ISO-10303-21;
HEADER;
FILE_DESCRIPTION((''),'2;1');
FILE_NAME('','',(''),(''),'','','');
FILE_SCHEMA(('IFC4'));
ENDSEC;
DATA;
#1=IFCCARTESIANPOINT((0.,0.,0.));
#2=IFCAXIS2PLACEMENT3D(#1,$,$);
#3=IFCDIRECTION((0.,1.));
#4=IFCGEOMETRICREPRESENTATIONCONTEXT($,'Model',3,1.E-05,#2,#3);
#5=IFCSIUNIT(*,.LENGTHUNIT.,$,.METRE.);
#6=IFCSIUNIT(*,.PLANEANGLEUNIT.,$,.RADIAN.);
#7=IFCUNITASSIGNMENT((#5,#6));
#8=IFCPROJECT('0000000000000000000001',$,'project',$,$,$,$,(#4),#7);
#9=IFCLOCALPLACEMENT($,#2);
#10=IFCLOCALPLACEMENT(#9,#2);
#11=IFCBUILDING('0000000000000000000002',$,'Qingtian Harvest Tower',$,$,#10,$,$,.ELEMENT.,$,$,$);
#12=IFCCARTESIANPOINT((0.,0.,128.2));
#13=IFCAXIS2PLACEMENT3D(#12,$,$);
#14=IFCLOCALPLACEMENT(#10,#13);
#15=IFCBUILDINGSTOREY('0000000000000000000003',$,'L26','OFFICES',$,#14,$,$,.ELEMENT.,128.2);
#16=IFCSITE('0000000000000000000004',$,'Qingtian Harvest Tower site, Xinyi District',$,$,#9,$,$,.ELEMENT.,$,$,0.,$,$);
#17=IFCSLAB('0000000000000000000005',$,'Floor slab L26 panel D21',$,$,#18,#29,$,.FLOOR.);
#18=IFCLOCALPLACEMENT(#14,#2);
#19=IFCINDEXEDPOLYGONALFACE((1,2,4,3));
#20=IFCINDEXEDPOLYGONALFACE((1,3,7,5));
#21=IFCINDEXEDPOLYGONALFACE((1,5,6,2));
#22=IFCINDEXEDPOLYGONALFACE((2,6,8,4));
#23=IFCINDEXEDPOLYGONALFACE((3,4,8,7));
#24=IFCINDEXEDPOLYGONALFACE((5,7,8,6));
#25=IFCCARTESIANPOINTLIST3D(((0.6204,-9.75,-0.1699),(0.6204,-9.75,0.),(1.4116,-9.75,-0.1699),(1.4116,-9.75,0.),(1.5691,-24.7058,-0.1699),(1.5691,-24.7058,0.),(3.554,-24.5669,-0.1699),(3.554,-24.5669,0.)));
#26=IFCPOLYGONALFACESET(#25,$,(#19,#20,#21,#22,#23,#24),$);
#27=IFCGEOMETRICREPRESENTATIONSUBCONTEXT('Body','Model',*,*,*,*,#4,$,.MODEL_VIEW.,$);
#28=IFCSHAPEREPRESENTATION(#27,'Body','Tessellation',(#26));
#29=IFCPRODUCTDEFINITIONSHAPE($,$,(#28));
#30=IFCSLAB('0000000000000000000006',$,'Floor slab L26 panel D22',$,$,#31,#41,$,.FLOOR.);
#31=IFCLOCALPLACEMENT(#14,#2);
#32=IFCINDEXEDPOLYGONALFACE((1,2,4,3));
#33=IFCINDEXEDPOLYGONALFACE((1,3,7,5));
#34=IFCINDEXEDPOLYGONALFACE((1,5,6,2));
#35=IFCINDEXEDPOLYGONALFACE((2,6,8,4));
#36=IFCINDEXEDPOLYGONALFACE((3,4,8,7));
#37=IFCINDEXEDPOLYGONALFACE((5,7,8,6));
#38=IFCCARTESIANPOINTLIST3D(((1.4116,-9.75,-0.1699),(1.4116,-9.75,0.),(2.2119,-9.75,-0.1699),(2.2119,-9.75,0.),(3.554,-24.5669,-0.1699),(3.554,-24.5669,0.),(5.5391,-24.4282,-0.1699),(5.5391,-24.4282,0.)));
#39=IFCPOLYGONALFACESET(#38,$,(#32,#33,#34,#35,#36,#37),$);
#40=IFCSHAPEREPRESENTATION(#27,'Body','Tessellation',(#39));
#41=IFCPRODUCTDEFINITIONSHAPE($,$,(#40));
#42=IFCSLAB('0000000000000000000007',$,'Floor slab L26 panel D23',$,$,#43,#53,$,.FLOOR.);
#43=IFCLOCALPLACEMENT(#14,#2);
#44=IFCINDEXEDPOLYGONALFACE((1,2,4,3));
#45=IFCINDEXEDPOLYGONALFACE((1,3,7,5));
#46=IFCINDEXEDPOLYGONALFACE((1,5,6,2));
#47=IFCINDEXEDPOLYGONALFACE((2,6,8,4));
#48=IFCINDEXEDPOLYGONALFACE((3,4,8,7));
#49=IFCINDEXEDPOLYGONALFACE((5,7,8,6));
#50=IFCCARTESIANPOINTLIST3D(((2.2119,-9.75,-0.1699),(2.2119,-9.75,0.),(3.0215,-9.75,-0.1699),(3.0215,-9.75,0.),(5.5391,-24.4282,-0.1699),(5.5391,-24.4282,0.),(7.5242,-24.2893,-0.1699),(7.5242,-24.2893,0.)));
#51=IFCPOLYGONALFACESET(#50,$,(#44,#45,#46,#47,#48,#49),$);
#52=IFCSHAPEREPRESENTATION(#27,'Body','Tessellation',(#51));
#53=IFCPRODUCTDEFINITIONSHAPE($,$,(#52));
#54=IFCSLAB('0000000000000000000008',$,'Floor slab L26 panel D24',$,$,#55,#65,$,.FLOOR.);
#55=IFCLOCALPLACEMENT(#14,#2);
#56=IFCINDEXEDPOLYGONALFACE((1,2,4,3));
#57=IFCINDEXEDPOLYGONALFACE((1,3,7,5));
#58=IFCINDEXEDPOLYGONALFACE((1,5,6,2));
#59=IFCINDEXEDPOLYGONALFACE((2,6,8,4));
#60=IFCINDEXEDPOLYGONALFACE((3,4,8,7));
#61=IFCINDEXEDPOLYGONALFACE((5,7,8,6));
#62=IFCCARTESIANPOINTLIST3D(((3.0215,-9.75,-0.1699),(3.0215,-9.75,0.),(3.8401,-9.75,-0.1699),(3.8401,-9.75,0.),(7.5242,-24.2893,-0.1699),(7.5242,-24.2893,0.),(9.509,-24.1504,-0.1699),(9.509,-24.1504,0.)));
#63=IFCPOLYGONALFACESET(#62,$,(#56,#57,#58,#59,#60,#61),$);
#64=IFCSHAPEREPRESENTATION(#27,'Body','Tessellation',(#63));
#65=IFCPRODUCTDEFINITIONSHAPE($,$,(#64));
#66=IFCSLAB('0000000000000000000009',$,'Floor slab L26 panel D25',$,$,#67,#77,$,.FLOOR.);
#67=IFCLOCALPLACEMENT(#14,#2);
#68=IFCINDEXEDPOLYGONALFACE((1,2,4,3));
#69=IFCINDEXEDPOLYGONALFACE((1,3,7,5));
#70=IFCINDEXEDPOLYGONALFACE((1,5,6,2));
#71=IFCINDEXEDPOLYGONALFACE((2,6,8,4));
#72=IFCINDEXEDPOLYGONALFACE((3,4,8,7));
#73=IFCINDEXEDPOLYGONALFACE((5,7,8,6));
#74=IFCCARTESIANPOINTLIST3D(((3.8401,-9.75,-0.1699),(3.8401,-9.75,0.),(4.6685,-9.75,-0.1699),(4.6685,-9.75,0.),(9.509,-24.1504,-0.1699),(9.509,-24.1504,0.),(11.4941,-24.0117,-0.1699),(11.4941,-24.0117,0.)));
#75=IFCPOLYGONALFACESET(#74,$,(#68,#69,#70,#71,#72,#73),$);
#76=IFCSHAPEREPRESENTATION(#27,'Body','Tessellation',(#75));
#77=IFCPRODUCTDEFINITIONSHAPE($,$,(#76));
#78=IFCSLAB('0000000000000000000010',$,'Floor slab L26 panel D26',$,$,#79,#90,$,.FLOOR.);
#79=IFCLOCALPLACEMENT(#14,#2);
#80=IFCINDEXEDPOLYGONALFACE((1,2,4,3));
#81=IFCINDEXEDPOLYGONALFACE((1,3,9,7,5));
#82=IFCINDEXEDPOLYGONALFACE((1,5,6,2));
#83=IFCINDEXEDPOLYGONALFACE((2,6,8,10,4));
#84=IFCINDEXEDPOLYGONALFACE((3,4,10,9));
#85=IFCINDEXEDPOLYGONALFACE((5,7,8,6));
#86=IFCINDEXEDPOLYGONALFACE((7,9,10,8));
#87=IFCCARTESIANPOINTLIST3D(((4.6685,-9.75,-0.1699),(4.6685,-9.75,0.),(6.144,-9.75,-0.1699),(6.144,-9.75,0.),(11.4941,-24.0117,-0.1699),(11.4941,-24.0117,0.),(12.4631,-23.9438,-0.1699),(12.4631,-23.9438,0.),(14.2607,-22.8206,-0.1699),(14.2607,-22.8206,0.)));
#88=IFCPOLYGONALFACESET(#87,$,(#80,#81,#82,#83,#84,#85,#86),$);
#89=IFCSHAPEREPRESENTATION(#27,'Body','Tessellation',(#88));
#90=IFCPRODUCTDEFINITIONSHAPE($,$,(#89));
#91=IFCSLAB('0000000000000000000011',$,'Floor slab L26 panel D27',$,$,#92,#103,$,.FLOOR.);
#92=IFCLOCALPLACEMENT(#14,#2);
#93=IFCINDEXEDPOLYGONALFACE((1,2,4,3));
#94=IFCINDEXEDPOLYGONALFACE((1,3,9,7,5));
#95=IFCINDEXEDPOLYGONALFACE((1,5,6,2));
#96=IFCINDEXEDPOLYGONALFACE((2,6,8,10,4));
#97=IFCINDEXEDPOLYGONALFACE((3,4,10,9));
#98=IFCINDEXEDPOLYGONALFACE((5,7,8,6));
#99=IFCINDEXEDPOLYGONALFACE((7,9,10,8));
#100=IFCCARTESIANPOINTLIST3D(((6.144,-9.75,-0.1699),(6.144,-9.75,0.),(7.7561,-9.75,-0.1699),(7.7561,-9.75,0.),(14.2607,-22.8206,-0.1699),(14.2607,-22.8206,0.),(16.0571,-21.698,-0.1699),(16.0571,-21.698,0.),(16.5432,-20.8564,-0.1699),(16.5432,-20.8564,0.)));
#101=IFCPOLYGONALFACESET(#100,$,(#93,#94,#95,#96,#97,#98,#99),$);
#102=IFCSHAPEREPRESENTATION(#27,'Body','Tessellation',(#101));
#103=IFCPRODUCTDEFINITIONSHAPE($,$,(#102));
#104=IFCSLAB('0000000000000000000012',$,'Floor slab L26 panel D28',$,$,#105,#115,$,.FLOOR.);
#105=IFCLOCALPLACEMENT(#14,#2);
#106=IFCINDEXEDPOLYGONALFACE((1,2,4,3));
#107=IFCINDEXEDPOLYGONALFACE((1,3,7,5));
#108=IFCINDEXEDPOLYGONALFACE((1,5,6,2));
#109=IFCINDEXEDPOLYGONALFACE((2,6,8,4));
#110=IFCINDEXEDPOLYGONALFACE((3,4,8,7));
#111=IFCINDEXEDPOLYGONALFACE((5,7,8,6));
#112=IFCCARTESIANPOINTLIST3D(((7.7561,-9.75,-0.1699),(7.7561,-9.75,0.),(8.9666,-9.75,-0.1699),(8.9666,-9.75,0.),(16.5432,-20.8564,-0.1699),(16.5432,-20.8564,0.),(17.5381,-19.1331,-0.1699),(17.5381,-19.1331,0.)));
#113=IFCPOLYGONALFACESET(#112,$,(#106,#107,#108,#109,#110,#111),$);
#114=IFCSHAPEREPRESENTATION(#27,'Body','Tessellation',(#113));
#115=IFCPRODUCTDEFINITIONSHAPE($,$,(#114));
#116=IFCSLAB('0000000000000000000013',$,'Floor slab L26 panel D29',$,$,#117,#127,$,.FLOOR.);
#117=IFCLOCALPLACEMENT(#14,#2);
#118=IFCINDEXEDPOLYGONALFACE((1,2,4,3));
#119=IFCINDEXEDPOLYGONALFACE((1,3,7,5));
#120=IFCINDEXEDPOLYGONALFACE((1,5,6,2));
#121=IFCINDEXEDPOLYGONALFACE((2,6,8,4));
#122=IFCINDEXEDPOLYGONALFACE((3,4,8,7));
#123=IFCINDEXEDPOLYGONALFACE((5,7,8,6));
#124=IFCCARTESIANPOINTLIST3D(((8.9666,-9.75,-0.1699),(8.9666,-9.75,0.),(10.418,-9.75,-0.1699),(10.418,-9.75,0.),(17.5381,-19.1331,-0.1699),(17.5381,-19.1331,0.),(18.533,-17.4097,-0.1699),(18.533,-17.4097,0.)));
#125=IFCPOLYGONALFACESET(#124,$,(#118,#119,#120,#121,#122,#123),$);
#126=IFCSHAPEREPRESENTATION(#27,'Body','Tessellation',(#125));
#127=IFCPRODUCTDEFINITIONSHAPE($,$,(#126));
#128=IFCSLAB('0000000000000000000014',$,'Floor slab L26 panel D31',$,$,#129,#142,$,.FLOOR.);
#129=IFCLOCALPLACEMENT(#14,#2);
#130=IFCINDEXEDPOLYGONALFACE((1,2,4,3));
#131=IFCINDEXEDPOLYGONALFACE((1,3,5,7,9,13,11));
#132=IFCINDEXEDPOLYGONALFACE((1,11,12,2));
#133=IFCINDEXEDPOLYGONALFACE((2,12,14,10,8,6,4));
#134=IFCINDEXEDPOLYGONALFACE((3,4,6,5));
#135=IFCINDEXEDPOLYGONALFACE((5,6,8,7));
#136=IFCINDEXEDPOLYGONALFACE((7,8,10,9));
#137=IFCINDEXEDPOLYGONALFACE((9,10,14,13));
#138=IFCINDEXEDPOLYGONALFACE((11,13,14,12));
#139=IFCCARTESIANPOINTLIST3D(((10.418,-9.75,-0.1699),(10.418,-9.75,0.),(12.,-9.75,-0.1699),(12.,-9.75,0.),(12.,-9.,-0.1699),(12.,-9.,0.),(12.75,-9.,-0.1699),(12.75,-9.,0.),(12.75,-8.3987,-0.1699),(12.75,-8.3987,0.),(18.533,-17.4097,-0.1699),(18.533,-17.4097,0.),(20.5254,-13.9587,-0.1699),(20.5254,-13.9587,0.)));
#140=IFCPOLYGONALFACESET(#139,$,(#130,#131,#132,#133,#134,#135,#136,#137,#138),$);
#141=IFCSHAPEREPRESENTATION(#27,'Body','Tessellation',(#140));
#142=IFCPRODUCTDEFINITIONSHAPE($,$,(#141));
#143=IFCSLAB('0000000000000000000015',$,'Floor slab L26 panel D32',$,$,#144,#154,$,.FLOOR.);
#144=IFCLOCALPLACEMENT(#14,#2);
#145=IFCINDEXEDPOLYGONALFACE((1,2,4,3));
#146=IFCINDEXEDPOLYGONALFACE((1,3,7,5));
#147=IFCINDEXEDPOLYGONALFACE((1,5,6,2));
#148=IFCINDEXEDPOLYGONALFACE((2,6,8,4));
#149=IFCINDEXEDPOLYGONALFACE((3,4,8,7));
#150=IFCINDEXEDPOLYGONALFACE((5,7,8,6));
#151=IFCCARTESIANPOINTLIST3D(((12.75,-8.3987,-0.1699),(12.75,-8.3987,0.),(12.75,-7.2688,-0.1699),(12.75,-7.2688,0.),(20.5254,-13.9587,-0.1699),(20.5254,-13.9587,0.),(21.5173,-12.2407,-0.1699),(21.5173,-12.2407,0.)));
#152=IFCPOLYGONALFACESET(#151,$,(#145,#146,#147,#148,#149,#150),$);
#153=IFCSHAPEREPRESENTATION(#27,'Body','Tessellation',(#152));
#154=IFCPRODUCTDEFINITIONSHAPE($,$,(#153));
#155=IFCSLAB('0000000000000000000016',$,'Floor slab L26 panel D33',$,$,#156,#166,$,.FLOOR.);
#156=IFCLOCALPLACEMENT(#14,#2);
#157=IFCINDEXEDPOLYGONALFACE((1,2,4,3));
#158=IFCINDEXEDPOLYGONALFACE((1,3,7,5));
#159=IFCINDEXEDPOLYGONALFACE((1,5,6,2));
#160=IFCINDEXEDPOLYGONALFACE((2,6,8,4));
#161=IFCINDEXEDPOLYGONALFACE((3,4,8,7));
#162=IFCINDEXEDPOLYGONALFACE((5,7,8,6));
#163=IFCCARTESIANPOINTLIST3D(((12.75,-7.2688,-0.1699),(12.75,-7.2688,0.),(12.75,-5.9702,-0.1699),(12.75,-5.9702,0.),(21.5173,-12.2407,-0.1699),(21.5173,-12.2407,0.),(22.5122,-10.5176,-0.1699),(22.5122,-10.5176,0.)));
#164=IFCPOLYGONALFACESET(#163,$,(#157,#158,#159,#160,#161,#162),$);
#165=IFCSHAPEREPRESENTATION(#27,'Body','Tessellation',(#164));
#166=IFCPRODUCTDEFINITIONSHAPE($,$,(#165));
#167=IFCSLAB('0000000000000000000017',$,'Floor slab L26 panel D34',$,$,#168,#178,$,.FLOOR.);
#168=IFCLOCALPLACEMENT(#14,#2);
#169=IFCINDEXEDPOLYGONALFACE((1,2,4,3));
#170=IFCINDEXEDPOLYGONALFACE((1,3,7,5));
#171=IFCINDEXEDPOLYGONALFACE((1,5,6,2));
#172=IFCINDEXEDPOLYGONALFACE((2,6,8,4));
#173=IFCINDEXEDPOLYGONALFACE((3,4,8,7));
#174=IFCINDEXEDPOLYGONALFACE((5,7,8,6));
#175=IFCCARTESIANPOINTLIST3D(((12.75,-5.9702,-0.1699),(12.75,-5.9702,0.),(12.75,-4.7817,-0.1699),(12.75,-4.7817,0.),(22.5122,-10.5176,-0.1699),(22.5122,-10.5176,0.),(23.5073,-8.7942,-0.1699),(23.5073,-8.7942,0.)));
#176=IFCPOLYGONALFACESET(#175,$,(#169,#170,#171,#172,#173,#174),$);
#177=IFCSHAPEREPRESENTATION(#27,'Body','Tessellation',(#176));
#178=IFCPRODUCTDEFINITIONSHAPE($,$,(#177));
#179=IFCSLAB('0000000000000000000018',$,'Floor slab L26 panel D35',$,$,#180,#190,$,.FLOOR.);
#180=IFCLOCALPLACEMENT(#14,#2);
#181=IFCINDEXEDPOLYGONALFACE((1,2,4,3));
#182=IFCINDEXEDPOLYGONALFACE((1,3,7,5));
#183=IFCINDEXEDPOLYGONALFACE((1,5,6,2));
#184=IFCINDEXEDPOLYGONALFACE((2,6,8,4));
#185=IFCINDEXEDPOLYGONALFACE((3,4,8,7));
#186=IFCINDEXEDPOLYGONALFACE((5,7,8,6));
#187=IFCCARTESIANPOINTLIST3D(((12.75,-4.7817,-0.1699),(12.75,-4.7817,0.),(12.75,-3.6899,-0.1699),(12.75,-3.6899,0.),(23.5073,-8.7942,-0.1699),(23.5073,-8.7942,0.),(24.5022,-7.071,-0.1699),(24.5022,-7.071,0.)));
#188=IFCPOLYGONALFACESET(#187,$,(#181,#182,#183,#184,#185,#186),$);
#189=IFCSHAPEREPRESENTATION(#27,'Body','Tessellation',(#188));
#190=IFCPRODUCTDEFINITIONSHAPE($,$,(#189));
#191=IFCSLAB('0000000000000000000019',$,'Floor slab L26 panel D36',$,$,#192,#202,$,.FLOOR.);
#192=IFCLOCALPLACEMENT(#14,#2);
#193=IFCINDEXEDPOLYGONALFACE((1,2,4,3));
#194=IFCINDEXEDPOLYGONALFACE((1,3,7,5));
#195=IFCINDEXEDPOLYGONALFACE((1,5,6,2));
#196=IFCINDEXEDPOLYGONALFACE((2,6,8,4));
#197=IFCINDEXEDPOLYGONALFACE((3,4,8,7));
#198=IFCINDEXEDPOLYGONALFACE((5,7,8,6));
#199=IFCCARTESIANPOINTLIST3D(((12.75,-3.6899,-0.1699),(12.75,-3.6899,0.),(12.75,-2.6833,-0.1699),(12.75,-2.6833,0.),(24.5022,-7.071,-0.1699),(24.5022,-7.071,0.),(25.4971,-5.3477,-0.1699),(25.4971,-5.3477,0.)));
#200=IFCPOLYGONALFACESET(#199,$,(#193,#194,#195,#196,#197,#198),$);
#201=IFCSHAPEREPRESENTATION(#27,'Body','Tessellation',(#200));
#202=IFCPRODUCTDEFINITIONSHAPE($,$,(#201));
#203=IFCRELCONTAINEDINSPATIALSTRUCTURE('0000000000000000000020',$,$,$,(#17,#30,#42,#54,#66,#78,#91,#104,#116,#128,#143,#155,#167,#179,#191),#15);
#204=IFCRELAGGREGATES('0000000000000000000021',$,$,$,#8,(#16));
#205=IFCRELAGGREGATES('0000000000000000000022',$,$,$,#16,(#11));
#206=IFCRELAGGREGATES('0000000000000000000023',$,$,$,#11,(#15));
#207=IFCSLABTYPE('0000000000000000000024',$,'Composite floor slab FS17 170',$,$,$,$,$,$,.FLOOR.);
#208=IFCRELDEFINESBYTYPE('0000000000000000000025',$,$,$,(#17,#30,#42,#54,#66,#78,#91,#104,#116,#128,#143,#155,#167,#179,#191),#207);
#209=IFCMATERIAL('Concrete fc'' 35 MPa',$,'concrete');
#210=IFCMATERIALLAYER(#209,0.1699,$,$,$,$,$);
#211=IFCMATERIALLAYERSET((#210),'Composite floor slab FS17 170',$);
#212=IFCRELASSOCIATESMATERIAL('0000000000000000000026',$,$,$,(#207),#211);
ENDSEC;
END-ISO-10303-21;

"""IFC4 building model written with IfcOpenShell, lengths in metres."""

from ifc_helpers import new_model, si_unit, direction, frame, origin, place, context, subcontext, project, spatial, polyline, outline, extrude, material, layer, layer_set, type_object, element, save


model = new_model("IFC4")

# Units and contexts
model_context = context("Model", 3, precision=1e-05, world=origin(), true_north=direction((0.0, 1.0)))
body_context = subcontext(model_context, "Body", "Model", "MODEL_VIEW")
ifc_project = project(units=[si_unit("LENGTHUNIT", "METRE"), si_unit("PLANEANGLEUNIT", "RADIAN")], contexts=[model_context])

# Site, building, storey
site_placement = place(None, origin())
site = spatial("IfcSite", under=ifc_project, at=site_placement, Name="Qingtian Harvest Tower site, Xinyi District", CompositionType="ELEMENT", RefElevation=0.0)
building_placement = place(site_placement, origin())
building = spatial("IfcBuilding", under=site, at=building_placement, Name="Qingtian Harvest Tower", CompositionType="ELEMENT")
storey_placement = place(building_placement, frame((0.0, 0.0, 128.2)))
storey = spatial("IfcBuildingStorey", under=building, at=storey_placement, Name="L26", Description="OFFICES", CompositionType="ELEMENT", Elevation=128.2)

# Slabs
ifc_material = material(Name="Concrete fc' 35 MPa", Category="concrete")
ifc_layer = layer(ifc_material, 0.1699)
ifc_layer_set = layer_set([ifc_layer], Name="Composite floor slab FS17 170")
slab_type = type_object("IfcSlabType", Name="Composite floor slab FS17 170", PredefinedType="FLOOR", material=ifc_layer_set)
slab_1_placement = place(storey_placement, frame((0.0, 0.0, -0.1699)))
element("IfcSlab", 1, at=slab_1_placement, inside=storey, type_object=slab_type, Name="Floor slab L26 panel D21", PredefinedType="FLOOR", context=body_context, shape_type="SweptSolid", body=[
    extrude(outline(polyline([(1.4116, -9.75), (3.554, -24.5669), (1.5691, -24.7058), (0.6204, -9.75), (1.4116, -9.75)])), origin(), (0.0, 0.0, 1.0), 0.1699),
])
slab_2_placement = place(storey_placement, frame((0.0, 0.0, -0.1699)))
element("IfcSlab", 2, at=slab_2_placement, inside=storey, type_object=slab_type, Name="Floor slab L26 panel D22", PredefinedType="FLOOR", context=body_context, shape_type="SweptSolid", body=[
    extrude(outline(polyline([(2.2119, -9.75), (5.5391, -24.4282), (3.554, -24.5669), (1.4116, -9.75), (2.2119, -9.75)])), origin(), (0.0, 0.0, 1.0), 0.1699),
])
slab_3_placement = place(storey_placement, frame((0.0, 0.0, -0.1699)))
element("IfcSlab", 3, at=slab_3_placement, inside=storey, type_object=slab_type, Name="Floor slab L26 panel D23", PredefinedType="FLOOR", context=body_context, shape_type="SweptSolid", body=[
    extrude(outline(polyline([(3.0215, -9.75), (7.5242, -24.2893), (5.5391, -24.4282), (2.2119, -9.75), (3.0215, -9.75)])), origin(), (0.0, 0.0, 1.0), 0.1699),
])
slab_4_placement = place(storey_placement, frame((0.0, 0.0, -0.1699)))
element("IfcSlab", 4, at=slab_4_placement, inside=storey, type_object=slab_type, Name="Floor slab L26 panel D24", PredefinedType="FLOOR", context=body_context, shape_type="SweptSolid", body=[
    extrude(outline(polyline([(3.8401, -9.75), (9.509, -24.1504), (7.5242, -24.2893), (3.0215, -9.75), (3.8401, -9.75)])), origin(), (0.0, 0.0, 1.0), 0.1699),
])
slab_5_placement = place(storey_placement, frame((0.0, 0.0, -0.1699)))
element("IfcSlab", 5, at=slab_5_placement, inside=storey, type_object=slab_type, Name="Floor slab L26 panel D25", PredefinedType="FLOOR", context=body_context, shape_type="SweptSolid", body=[
    extrude(outline(polyline([(4.6685, -9.75), (11.4941, -24.0117), (9.509, -24.1504), (3.8401, -9.75), (4.6685, -9.75)])), origin(), (0.0, 0.0, 1.0), 0.1699),
])
slab_6_placement = place(storey_placement, frame((0.0, 0.0, -0.1699)))
element("IfcSlab", 6, at=slab_6_placement, inside=storey, type_object=slab_type, Name="Floor slab L26 panel D26", PredefinedType="FLOOR", context=body_context, shape_type="SweptSolid", body=[
    extrude(outline(polyline([(4.6685, -9.75), (6.144, -9.75), (14.2607, -22.8206), (12.4631, -23.9438), (11.4941, -24.0117), (4.6685, -9.75)])), origin(), (0.0, 0.0, 1.0), 0.1699),
])
slab_7_placement = place(storey_placement, frame((0.0, 0.0, -0.1699)))
element("IfcSlab", 7, at=slab_7_placement, inside=storey, type_object=slab_type, Name="Floor slab L26 panel D27", PredefinedType="FLOOR", context=body_context, shape_type="SweptSolid", body=[
    extrude(outline(polyline([(6.144, -9.75), (7.7561, -9.75), (16.5432, -20.8564), (16.0571, -21.698), (14.2607, -22.8206), (6.144, -9.75)])), origin(), (0.0, 0.0, 1.0), 0.1699),
])
slab_8_placement = place(storey_placement, frame((0.0, 0.0, -0.1699)))
element("IfcSlab", 8, at=slab_8_placement, inside=storey, type_object=slab_type, Name="Floor slab L26 panel D28", PredefinedType="FLOOR", context=body_context, shape_type="SweptSolid", body=[
    extrude(outline(polyline([(8.9666, -9.75), (17.5381, -19.1331), (16.5432, -20.8564), (7.7561, -9.75), (8.9666, -9.75)])), origin(), (0.0, 0.0, 1.0), 0.1699),
])
slab_9_placement = place(storey_placement, frame((0.0, 0.0, -0.1699)))
element("IfcSlab", 9, at=slab_9_placement, inside=storey, type_object=slab_type, Name="Floor slab L26 panel D29", PredefinedType="FLOOR", context=body_context, shape_type="SweptSolid", body=[
    extrude(outline(polyline([(10.418, -9.75), (18.533, -17.4097), (17.5381, -19.1331), (8.9666, -9.75), (10.418, -9.75)])), origin(), (0.0, 0.0, 1.0), 0.1699),
])
slab_10_placement = place(storey_placement, frame((0.0, 0.0, -0.1699)))
element("IfcSlab", 10, at=slab_10_placement, inside=storey, type_object=slab_type, Name="Floor slab L26 panel D31", PredefinedType="FLOOR", context=body_context, shape_type="SweptSolid", body=[
    extrude(outline(polyline([(12.75, -8.3987), (20.5254, -13.9587), (18.533, -17.4097), (10.418, -9.75), (12.0, -9.75), (12.0, -9.0), (12.75, -9.0), (12.75, -8.3987)])), origin(), (0.0, 0.0, 1.0), 0.1699),
])
slab_11_placement = place(storey_placement, frame((0.0, 0.0, -0.1699)))
element("IfcSlab", 11, at=slab_11_placement, inside=storey, type_object=slab_type, Name="Floor slab L26 panel D32", PredefinedType="FLOOR", context=body_context, shape_type="SweptSolid", body=[
    extrude(outline(polyline([(12.75, -7.2688), (21.5173, -12.2407), (20.5254, -13.9587), (12.75, -8.3987), (12.75, -7.2688)])), origin(), (0.0, 0.0, 1.0), 0.1699),
])
slab_12_placement = place(storey_placement, frame((0.0, 0.0, -0.1699)))
element("IfcSlab", 12, at=slab_12_placement, inside=storey, type_object=slab_type, Name="Floor slab L26 panel D33", PredefinedType="FLOOR", context=body_context, shape_type="SweptSolid", body=[
    extrude(outline(polyline([(12.75, -5.9702), (22.5122, -10.5176), (21.5173, -12.2407), (12.75, -7.2688), (12.75, -5.9702)])), origin(), (0.0, 0.0, 1.0), 0.1699),
])
slab_13_placement = place(storey_placement, frame((0.0, 0.0, -0.1699)))
element("IfcSlab", 13, at=slab_13_placement, inside=storey, type_object=slab_type, Name="Floor slab L26 panel D34", PredefinedType="FLOOR", context=body_context, shape_type="SweptSolid", body=[
    extrude(outline(polyline([(12.75, -4.7817), (23.5073, -8.7942), (22.5122, -10.5176), (12.75, -5.9702), (12.75, -4.7817)])), origin(), (0.0, 0.0, 1.0), 0.1699),
])
slab_14_placement = place(storey_placement, frame((0.0, 0.0, -0.1699)))
element("IfcSlab", 14, at=slab_14_placement, inside=storey, type_object=slab_type, Name="Floor slab L26 panel D35", PredefinedType="FLOOR", context=body_context, shape_type="SweptSolid", body=[
    extrude(outline(polyline([(12.75, -3.6899), (24.5022, -7.071), (23.5073, -8.7942), (12.75, -4.7817), (12.75, -3.6899)])), origin(), (0.0, 0.0, 1.0), 0.1699),
])
slab_15_placement = place(storey_placement, frame((0.0, 0.0, -0.1699)))
element("IfcSlab", 15, at=slab_15_placement, inside=storey, type_object=slab_type, Name="Floor slab L26 panel D36", PredefinedType="FLOOR", context=body_context, shape_type="SweptSolid", body=[
    extrude(outline(polyline([(12.75, -2.6833), (25.4971, -5.3477), (24.5022, -7.071), (12.75, -3.6899), (12.75, -2.6833)])), origin(), (0.0, 0.0, 1.0), 0.1699),
])

save(model, "model.ifc")
